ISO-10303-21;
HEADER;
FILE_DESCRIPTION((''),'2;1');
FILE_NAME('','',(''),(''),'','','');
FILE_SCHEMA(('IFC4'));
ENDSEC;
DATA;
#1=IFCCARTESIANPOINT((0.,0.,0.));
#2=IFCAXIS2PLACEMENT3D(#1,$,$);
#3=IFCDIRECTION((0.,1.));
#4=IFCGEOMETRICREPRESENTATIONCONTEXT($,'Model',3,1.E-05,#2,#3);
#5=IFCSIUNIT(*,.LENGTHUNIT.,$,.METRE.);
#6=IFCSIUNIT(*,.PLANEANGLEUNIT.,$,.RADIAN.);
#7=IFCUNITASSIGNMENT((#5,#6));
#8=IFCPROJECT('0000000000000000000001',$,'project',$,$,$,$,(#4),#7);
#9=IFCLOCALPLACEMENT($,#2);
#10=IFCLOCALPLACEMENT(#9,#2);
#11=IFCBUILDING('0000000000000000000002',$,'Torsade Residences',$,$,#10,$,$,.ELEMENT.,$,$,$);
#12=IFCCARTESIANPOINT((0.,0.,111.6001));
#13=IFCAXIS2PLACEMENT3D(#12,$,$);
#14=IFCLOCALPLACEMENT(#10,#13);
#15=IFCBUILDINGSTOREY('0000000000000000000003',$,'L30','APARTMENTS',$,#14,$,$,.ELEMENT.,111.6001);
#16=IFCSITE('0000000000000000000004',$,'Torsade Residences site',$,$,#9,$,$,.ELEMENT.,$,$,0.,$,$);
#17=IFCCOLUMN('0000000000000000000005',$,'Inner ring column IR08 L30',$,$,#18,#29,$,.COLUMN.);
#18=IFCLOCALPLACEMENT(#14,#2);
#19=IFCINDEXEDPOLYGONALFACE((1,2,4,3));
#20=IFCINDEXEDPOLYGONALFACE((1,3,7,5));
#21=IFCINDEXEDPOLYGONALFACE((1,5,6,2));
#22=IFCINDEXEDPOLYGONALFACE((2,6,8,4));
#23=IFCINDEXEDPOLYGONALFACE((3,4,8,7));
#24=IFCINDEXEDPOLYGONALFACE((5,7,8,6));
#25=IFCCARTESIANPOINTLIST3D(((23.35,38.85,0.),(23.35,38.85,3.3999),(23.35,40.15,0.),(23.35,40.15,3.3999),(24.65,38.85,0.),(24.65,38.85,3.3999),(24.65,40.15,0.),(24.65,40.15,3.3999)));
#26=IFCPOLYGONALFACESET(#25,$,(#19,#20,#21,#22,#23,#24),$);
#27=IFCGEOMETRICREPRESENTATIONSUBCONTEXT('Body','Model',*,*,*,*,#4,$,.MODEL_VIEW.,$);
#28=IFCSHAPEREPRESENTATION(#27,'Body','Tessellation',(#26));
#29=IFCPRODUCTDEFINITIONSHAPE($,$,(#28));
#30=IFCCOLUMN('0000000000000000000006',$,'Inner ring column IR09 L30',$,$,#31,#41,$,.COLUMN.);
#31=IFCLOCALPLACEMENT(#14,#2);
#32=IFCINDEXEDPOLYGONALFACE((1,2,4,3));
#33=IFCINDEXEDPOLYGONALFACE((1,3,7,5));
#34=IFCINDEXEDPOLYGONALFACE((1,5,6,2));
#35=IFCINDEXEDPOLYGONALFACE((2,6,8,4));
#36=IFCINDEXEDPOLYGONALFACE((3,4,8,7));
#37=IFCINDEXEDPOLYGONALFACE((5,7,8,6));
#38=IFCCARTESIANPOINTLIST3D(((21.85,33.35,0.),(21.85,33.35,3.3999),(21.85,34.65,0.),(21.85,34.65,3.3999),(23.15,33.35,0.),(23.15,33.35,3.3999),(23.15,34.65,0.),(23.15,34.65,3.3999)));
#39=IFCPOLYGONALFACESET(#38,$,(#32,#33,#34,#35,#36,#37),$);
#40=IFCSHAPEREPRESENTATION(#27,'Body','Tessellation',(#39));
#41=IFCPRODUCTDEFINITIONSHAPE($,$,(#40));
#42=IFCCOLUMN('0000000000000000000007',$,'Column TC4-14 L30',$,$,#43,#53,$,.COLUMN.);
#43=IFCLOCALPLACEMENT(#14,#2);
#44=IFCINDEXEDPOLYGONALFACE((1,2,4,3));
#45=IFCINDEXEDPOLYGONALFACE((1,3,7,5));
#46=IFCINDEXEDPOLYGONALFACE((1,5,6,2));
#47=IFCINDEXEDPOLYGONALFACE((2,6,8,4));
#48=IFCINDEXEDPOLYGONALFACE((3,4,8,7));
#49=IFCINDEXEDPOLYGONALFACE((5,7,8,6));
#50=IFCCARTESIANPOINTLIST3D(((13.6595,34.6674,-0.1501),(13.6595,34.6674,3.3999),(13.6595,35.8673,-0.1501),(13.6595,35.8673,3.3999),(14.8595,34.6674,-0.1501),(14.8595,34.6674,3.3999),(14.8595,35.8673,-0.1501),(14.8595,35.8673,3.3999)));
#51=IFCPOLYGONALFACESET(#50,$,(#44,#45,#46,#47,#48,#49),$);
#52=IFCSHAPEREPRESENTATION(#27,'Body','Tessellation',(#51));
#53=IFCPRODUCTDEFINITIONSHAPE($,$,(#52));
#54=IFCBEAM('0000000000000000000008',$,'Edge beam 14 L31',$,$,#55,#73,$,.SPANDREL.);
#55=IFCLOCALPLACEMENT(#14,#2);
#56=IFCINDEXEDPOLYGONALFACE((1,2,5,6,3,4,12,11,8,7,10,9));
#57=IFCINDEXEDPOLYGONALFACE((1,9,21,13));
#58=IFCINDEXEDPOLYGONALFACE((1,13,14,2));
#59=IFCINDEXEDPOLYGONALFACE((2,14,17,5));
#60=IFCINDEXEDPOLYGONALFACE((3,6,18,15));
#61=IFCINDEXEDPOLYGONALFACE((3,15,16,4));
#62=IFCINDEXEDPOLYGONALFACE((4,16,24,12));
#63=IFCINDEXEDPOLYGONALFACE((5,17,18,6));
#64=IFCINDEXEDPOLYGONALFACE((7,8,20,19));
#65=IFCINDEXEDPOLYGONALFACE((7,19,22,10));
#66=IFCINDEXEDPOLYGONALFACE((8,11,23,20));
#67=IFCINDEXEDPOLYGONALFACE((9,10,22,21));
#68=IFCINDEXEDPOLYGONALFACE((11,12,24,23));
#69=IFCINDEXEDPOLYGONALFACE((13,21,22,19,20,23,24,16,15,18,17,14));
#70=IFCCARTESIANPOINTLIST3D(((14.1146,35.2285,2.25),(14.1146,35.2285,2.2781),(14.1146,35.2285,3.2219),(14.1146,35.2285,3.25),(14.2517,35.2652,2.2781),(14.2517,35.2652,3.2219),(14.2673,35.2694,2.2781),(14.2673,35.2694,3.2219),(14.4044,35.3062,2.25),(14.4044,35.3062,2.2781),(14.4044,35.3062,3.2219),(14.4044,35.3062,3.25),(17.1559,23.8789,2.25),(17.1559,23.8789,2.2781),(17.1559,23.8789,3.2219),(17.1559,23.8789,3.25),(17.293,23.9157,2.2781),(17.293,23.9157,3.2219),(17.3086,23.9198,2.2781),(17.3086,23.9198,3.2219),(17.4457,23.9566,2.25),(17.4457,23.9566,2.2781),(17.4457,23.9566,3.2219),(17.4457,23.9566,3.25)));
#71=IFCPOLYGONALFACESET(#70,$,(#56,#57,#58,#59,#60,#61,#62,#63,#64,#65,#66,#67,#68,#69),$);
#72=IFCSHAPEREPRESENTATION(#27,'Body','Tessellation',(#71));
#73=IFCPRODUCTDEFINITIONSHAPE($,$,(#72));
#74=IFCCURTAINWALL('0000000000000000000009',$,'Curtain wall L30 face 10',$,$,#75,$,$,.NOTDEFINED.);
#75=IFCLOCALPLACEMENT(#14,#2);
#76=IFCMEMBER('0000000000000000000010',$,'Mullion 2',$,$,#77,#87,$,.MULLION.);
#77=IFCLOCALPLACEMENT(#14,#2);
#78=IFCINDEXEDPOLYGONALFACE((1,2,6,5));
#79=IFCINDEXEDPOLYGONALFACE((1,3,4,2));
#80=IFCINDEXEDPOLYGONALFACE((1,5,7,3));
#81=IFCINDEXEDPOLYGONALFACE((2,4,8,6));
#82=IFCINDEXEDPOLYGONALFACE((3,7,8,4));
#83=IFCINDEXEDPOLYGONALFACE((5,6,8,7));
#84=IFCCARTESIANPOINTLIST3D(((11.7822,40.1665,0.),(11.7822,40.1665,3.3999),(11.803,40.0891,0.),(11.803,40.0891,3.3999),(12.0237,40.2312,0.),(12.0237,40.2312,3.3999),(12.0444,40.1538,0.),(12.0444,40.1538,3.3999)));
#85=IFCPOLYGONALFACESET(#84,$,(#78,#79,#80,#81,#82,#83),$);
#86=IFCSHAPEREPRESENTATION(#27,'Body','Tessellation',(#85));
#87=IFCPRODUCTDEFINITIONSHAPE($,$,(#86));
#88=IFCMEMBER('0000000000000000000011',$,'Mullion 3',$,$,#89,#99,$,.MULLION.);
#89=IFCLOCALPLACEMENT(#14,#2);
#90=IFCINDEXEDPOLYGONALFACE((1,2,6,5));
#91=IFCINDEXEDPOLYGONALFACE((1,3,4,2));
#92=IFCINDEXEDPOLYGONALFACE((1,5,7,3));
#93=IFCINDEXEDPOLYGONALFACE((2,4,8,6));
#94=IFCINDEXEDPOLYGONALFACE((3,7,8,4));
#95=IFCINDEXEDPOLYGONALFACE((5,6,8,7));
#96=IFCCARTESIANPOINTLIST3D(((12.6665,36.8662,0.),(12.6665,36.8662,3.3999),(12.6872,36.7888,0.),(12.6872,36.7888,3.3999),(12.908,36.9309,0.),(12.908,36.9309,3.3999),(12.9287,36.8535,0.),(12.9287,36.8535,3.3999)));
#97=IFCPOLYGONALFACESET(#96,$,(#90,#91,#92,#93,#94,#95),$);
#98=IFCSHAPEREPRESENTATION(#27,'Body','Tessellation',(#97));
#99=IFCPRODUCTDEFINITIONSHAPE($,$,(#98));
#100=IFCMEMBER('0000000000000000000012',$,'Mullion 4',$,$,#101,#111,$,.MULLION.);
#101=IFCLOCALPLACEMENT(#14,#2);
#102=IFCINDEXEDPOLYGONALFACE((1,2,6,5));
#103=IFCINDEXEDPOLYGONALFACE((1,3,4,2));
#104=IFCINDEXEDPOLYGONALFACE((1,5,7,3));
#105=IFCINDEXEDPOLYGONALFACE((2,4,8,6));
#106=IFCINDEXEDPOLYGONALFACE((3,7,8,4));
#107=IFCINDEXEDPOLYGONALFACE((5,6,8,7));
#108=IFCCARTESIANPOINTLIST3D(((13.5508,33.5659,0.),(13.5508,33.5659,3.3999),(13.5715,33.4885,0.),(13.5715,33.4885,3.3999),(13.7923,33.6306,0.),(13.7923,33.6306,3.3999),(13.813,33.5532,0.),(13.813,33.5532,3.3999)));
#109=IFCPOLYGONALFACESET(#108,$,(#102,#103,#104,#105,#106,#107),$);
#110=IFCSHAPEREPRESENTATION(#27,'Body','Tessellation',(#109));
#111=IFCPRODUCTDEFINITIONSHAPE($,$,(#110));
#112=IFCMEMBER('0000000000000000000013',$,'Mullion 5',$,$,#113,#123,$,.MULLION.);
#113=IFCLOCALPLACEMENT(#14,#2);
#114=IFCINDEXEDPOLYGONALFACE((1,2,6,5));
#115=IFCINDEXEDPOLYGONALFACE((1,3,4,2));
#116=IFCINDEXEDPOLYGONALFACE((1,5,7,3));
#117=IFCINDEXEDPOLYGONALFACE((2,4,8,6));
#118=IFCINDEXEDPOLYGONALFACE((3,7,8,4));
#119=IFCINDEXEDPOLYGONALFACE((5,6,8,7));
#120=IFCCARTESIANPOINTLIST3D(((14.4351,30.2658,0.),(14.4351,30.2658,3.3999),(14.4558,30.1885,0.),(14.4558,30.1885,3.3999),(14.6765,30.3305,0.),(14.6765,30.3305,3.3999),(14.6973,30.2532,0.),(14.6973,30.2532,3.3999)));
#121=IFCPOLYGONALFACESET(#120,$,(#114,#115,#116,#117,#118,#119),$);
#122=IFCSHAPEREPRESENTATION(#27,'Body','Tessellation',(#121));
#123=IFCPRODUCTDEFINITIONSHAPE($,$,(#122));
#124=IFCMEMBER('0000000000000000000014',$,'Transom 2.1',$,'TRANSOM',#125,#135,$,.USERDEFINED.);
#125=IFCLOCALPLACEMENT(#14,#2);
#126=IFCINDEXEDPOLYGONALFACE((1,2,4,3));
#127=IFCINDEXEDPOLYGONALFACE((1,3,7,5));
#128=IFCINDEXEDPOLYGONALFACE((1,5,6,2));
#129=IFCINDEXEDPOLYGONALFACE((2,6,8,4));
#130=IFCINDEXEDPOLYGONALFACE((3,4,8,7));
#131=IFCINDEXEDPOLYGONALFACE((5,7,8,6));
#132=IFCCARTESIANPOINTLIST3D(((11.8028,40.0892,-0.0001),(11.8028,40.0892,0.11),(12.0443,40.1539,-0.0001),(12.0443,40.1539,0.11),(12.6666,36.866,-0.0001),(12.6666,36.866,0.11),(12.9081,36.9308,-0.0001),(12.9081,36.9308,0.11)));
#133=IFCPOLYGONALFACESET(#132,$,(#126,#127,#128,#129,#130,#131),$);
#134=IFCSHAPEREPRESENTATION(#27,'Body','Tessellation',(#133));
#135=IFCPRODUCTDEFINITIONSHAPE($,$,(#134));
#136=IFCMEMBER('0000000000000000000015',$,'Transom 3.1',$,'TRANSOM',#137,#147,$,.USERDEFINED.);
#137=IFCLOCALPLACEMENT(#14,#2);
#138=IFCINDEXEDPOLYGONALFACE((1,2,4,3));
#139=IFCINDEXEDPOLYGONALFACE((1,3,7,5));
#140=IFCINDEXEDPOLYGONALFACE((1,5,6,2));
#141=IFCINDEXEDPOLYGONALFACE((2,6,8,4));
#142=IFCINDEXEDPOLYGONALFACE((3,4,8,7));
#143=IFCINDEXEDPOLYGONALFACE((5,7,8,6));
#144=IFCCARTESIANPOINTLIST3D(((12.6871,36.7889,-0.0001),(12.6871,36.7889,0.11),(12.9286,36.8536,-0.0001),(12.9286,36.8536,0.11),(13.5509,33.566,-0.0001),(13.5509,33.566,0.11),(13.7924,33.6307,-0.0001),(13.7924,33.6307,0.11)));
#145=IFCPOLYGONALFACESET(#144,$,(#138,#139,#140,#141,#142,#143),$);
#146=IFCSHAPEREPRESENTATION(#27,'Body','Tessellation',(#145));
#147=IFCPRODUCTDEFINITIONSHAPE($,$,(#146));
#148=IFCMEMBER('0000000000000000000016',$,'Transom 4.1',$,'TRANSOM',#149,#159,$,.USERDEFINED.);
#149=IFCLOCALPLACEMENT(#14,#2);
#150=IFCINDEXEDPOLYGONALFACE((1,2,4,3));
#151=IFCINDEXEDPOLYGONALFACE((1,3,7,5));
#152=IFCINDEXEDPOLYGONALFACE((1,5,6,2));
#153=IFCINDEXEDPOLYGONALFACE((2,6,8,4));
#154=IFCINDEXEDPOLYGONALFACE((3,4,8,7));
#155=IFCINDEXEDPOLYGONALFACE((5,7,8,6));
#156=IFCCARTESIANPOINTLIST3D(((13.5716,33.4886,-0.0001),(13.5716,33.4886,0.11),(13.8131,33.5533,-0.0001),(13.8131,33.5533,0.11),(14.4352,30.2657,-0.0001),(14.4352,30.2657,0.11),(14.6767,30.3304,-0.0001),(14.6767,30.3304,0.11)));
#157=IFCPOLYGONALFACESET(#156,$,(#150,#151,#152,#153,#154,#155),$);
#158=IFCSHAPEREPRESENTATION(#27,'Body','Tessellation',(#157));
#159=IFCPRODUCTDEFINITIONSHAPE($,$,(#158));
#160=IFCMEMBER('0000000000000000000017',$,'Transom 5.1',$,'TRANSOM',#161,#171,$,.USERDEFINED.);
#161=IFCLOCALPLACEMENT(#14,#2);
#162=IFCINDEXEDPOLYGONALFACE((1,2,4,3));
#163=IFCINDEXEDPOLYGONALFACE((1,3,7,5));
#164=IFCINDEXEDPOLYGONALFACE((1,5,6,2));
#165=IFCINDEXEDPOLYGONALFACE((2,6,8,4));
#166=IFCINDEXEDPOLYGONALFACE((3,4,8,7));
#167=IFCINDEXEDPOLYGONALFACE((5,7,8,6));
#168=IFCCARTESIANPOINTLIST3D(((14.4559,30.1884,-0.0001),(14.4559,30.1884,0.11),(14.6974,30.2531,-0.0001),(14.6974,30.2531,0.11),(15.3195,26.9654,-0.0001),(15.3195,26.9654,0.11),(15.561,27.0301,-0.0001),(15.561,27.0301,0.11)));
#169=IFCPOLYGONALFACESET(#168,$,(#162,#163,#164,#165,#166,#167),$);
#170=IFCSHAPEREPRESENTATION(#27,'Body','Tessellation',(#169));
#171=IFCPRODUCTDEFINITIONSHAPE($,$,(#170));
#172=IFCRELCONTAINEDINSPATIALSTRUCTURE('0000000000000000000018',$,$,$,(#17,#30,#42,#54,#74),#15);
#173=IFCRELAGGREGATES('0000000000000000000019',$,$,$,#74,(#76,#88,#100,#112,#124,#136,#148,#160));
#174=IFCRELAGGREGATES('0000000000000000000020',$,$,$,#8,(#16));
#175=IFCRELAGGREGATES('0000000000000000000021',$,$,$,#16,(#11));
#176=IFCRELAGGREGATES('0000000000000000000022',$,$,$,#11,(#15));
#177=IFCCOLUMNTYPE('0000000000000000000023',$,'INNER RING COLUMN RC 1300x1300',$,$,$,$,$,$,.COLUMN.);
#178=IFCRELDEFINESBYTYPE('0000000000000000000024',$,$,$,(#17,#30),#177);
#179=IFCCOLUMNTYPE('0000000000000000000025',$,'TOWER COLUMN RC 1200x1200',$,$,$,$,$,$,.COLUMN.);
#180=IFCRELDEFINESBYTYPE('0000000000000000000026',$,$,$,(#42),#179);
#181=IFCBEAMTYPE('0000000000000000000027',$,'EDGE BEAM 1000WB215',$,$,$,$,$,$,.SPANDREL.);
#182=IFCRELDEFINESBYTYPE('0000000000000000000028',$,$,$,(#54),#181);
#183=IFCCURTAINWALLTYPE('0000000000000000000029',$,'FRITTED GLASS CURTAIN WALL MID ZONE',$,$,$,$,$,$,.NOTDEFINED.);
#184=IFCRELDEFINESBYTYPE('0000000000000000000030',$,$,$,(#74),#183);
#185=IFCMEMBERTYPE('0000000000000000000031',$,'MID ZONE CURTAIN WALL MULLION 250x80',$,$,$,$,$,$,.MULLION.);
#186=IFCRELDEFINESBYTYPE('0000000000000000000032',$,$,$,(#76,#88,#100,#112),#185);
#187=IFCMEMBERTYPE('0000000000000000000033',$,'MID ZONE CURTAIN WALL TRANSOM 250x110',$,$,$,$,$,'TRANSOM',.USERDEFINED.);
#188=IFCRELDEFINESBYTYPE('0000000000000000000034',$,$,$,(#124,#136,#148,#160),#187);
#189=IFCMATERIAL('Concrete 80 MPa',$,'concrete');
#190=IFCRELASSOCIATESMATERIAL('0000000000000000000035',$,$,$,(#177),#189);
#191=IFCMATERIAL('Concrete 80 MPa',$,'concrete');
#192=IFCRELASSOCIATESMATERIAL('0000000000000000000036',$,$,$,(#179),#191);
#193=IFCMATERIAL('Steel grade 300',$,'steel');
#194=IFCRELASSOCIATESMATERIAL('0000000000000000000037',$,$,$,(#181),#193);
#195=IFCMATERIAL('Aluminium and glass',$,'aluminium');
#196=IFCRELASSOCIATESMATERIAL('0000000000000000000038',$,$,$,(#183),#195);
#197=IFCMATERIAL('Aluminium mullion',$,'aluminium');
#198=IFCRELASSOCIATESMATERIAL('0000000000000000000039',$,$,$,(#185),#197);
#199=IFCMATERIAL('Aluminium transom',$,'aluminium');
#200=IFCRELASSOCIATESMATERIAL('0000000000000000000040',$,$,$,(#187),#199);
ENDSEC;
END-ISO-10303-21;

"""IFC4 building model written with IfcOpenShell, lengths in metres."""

from ifc_helpers import new_model, si_unit, direction, frame, origin, origin_2d, place, context, subcontext, project, spatial, rectangle, i_section, extrude, material, material_profile, profile_set, type_object, element, aggregate, save


model = new_model("IFC4")

# Units and contexts
model_context = context("Model", 3, precision=1e-05, world=origin(), true_north=direction((0.0, 1.0)))
body_context = subcontext(model_context, "Body", "Model", "MODEL_VIEW")
ifc_project = project(units=[si_unit("LENGTHUNIT", "METRE"), si_unit("PLANEANGLEUNIT", "RADIAN")], contexts=[model_context])

# Site, building, storey
site_placement = place(None, origin())
site = spatial("IfcSite", under=ifc_project, at=site_placement, Name="Torsade Residences site", CompositionType="ELEMENT", RefElevation=0.0)
building_placement = place(site_placement, origin())
building = spatial("IfcBuilding", under=site, at=building_placement, Name="Torsade Residences", CompositionType="ELEMENT")
storey_placement = place(building_placement, frame((0.0, 0.0, 111.6001)))
storey = spatial("IfcBuildingStorey", under=building, at=storey_placement, Name="L30", Description="APARTMENTS", CompositionType="ELEMENT", Elevation=111.6001)

# Columns
ifc_material_1 = material(Name="Concrete 80 MPa", Category="concrete")
ifc_material_profile_1 = material_profile(ifc_material_1, rectangle(XDim=1.3, YDim=1.3, at=origin_2d()), Name="RC 1300x1300")
ifc_profile_set_1 = profile_set([ifc_material_profile_1], Name="Concrete 80 MPa")
column_type_1 = type_object("IfcColumnType", Name="INNER RING COLUMN RC 1300x1300", PredefinedType="COLUMN", material=ifc_profile_set_1)
for number, where, z_axis, x_axis, name in (
    (1, (24.0, 39.5, 0.0), (0.0, 0.0, 1.0), (1.0, 0.0, 0.0), "Inner ring column IR08 L30"),
    (2, (22.5, 34.0, 0.0), (0.0, 0.0, 1.0), (1.0, 0.0, 0.0), "Inner ring column IR09 L30"),
):
    element("IfcColumn", number, at=place(storey_placement, frame(where, z_axis=z_axis, x_axis=x_axis)), inside=storey, type_object=column_type_1, Name=name, PredefinedType="COLUMN", context=body_context, shape_type="SweptSolid", body=[
        extrude(rectangle(XDim=1.3, YDim=1.3, at=origin_2d()), origin(), (0.0, 0.0, 1.0), 3.3999),
    ])
ifc_material_2 = material(Name="Concrete 80 MPa", Category="concrete")
ifc_material_profile_2 = material_profile(ifc_material_2, rectangle(XDim=1.2, YDim=1.2, at=origin_2d()), Name="RC 1200x1200")
ifc_profile_set_2 = profile_set([ifc_material_profile_2], Name="Concrete 80 MPa")
column_type_2 = type_object("IfcColumnType", Name="TOWER COLUMN RC 1200x1200", PredefinedType="COLUMN", material=ifc_profile_set_2)
column_placement = place(storey_placement, frame((14.2595, 35.2673, -0.1501), z_axis=(0.0, 0.0, 1.0), x_axis=(1.0, 0.0, 0.0)))
element("IfcColumn", 3, at=column_placement, inside=storey, type_object=column_type_2, Name="Column TC4-14 L30", PredefinedType="COLUMN", context=body_context, shape_type="SweptSolid", body=[
    extrude(rectangle(XDim=1.2, YDim=1.2, at=origin_2d()), origin(), (0.0, 0.0, 1.0), 3.55),
])

# Beam
ifc_material_3 = material(Name="Steel grade 300", Category="steel")
ifc_material_profile_3 = material_profile(ifc_material_3, i_section(OverallWidth=0.3, OverallDepth=1.0, WebThickness=0.0161, FlangeThickness=0.0281, at=origin_2d()), Name="1000WB215")
ifc_profile_set_3 = profile_set([ifc_material_profile_3], Name="Steel grade 300")
beam_type_1 = type_object("IfcBeamType", Name="EDGE BEAM 1000WB215", PredefinedType="SPANDREL", material=ifc_profile_set_3)
beam_1_placement = place(storey_placement, frame((14.2595, 35.2673, 2.75), z_axis=(0.25883, -0.965923, 0.0), x_axis=(0.965923, 0.25883, 0.0)))
element("IfcBeam", 4, at=beam_1_placement, inside=storey, type_object=beam_type_1, Name="Edge beam 14 L31", PredefinedType="SPANDREL", context=body_context, shape_type="SweptSolid", body=[
    extrude(i_section(OverallWidth=0.3, OverallDepth=1.0, WebThickness=0.0161, FlangeThickness=0.0281, at=origin_2d()), origin(), (0.0, 0.0, 1.0), 11.75),
])

# Curtain wall, members
ifc_material_4 = material(Name="Aluminium and glass", Category="aluminium")
curtain_wall_type = type_object("IfcCurtainWallType", Name="FRITTED GLASS CURTAIN WALL MID ZONE", PredefinedType="NOTDEFINED", material=ifc_material_4)
curtain_wall_placement = place(storey_placement, origin())
curtain_wall = element("IfcCurtainWall", 5, at=curtain_wall_placement, inside=storey, type_object=curtain_wall_type, Name="Curtain wall L30 face 10", PredefinedType="NOTDEFINED")
ifc_material_5 = material(Name="Aluminium mullion", Category="aluminium")
ifc_material_profile_4 = material_profile(ifc_material_5, rectangle(XDim=0.25, YDim=0.0801, at=origin_2d()), Name="MID ZONE CURTAIN WALL MULLION 250x80")
ifc_profile_set_4 = profile_set([ifc_material_profile_4], Name="Aluminium mullion")
member_type_1 = type_object("IfcMemberType", Name="MID ZONE CURTAIN WALL MULLION 250x80", PredefinedType="MULLION", material=ifc_profile_set_4)
member_1_placement = place(storey_placement, frame((11.9133, 40.1602, 0.0), z_axis=(0.0, 0.0, 1.0), x_axis=(0.965926, 0.258819, 0.0)))
member_1 = element("IfcMember", 6, at=member_1_placement, type_object=member_type_1, Name="Mullion 2", PredefinedType="MULLION", context=body_context, shape_type="SweptSolid", body=[
    extrude(rectangle(XDim=0.25, YDim=0.0801, at=origin_2d()), origin(), (0.0, 0.0, 1.0), 3.3999),
])
member_2_placement = place(storey_placement, frame((12.7976, 36.8599, 0.0), z_axis=(0.0, 0.0, 1.0), x_axis=(0.965926, 0.258819, 0.0)))
member_2 = element("IfcMember", 7, at=member_2_placement, type_object=member_type_1, Name="Mullion 3", PredefinedType="MULLION", context=body_context, shape_type="SweptSolid", body=[
    extrude(rectangle(XDim=0.25, YDim=0.0801, at=origin_2d()), origin(), (0.0, 0.0, 1.0), 3.3999),
])
member_3_placement = place(storey_placement, frame((13.6819, 33.5596, 0.0), z_axis=(0.0, 0.0, 1.0), x_axis=(0.965926, 0.258819, 0.0)))
member_3 = element("IfcMember", 8, at=member_3_placement, type_object=member_type_1, Name="Mullion 4", PredefinedType="MULLION", context=body_context, shape_type="SweptSolid", body=[
    extrude(rectangle(XDim=0.25, YDim=0.0801, at=origin_2d()), origin(), (0.0, 0.0, 1.0), 3.3999),
])
member_4_placement = place(storey_placement, frame((14.5662, 30.2595, 0.0), z_axis=(0.0, 0.0, 1.0), x_axis=(0.965926, 0.258819, 0.0)))
member_4 = element("IfcMember", 9, at=member_4_placement, type_object=member_type_1, Name="Mullion 5", PredefinedType="MULLION", context=body_context, shape_type="SweptSolid", body=[
    extrude(rectangle(XDim=0.25, YDim=0.0801, at=origin_2d()), origin(), (0.0, 0.0, 1.0), 3.3999),
])
ifc_material_6 = material(Name="Aluminium transom", Category="aluminium")
ifc_material_profile_5 = material_profile(ifc_material_6, rectangle(XDim=0.25, YDim=0.1101, at=origin_2d()), Name="MID ZONE CURTAIN WALL TRANSOM 250x110")
ifc_profile_set_5 = profile_set([ifc_material_profile_5], Name="Aluminium transom")
member_type_2 = type_object("IfcMemberType", Name="MID ZONE CURTAIN WALL TRANSOM 250x110", ElementType="TRANSOM", PredefinedType="USERDEFINED", material=ifc_profile_set_5)
member_5_placement = place(storey_placement, frame((11.9236, 40.1216, 0.0549), z_axis=(0.258856, -0.965916, 0.0), x_axis=(0.965916, 0.258856, 0.0)))
member_5 = element("IfcMember", 10, at=member_5_placement, type_object=member_type_2, Name="Transom 2.1", ObjectType="TRANSOM", PredefinedType="USERDEFINED", context=body_context, shape_type="SweptSolid", body=[
    extrude(rectangle(XDim=0.25, YDim=0.1101, at=origin_2d()), origin(), (0.0, 0.0, 1.0), 3.3369),
])
member_6_placement = place(storey_placement, frame((12.8079, 36.8213, 0.0549), z_axis=(0.258874, -0.965911, 0.0), x_axis=(0.965911, 0.258874, 0.0)))
member_6 = element("IfcMember", 11, at=member_6_placement, type_object=member_type_2, Name="Transom 3.1", ObjectType="TRANSOM", PredefinedType="USERDEFINED", context=body_context, shape_type="SweptSolid", body=[
    extrude(rectangle(XDim=0.25, YDim=0.1101, at=origin_2d()), origin(), (0.0, 0.0, 1.0), 3.3367),
])
member_7_placement = place(storey_placement, frame((13.6924, 33.521, 0.0549), z_axis=(0.258806, -0.965929, 0.0), x_axis=(0.965929, 0.258806, 0.0)))
member_7 = element("IfcMember", 12, at=member_7_placement, type_object=member_type_2, Name="Transom 4.1", ObjectType="TRANSOM", PredefinedType="USERDEFINED", context=body_context, shape_type="SweptSolid", body=[
    extrude(rectangle(XDim=0.25, YDim=0.1101, at=origin_2d()), origin(), (0.0, 0.0, 1.0), 3.3367),
])
member_8_placement = place(storey_placement, frame((14.5767, 30.2207, 0.0549), z_axis=(0.258806, -0.965929, 0.0), x_axis=(0.965929, 0.258806, 0.0)))
member_8 = element("IfcMember", 13, at=member_8_placement, type_object=member_type_2, Name="Transom 5.1", ObjectType="TRANSOM", PredefinedType="USERDEFINED", context=body_context, shape_type="SweptSolid", body=[
    extrude(rectangle(XDim=0.25, YDim=0.1101, at=origin_2d()), origin(), (0.0, 0.0, 1.0), 3.3367),
])

aggregate(curtain_wall, [member_1, member_2, member_3, member_4, member_5, member_6, member_7, member_8])

save(model, "model.ifc")
